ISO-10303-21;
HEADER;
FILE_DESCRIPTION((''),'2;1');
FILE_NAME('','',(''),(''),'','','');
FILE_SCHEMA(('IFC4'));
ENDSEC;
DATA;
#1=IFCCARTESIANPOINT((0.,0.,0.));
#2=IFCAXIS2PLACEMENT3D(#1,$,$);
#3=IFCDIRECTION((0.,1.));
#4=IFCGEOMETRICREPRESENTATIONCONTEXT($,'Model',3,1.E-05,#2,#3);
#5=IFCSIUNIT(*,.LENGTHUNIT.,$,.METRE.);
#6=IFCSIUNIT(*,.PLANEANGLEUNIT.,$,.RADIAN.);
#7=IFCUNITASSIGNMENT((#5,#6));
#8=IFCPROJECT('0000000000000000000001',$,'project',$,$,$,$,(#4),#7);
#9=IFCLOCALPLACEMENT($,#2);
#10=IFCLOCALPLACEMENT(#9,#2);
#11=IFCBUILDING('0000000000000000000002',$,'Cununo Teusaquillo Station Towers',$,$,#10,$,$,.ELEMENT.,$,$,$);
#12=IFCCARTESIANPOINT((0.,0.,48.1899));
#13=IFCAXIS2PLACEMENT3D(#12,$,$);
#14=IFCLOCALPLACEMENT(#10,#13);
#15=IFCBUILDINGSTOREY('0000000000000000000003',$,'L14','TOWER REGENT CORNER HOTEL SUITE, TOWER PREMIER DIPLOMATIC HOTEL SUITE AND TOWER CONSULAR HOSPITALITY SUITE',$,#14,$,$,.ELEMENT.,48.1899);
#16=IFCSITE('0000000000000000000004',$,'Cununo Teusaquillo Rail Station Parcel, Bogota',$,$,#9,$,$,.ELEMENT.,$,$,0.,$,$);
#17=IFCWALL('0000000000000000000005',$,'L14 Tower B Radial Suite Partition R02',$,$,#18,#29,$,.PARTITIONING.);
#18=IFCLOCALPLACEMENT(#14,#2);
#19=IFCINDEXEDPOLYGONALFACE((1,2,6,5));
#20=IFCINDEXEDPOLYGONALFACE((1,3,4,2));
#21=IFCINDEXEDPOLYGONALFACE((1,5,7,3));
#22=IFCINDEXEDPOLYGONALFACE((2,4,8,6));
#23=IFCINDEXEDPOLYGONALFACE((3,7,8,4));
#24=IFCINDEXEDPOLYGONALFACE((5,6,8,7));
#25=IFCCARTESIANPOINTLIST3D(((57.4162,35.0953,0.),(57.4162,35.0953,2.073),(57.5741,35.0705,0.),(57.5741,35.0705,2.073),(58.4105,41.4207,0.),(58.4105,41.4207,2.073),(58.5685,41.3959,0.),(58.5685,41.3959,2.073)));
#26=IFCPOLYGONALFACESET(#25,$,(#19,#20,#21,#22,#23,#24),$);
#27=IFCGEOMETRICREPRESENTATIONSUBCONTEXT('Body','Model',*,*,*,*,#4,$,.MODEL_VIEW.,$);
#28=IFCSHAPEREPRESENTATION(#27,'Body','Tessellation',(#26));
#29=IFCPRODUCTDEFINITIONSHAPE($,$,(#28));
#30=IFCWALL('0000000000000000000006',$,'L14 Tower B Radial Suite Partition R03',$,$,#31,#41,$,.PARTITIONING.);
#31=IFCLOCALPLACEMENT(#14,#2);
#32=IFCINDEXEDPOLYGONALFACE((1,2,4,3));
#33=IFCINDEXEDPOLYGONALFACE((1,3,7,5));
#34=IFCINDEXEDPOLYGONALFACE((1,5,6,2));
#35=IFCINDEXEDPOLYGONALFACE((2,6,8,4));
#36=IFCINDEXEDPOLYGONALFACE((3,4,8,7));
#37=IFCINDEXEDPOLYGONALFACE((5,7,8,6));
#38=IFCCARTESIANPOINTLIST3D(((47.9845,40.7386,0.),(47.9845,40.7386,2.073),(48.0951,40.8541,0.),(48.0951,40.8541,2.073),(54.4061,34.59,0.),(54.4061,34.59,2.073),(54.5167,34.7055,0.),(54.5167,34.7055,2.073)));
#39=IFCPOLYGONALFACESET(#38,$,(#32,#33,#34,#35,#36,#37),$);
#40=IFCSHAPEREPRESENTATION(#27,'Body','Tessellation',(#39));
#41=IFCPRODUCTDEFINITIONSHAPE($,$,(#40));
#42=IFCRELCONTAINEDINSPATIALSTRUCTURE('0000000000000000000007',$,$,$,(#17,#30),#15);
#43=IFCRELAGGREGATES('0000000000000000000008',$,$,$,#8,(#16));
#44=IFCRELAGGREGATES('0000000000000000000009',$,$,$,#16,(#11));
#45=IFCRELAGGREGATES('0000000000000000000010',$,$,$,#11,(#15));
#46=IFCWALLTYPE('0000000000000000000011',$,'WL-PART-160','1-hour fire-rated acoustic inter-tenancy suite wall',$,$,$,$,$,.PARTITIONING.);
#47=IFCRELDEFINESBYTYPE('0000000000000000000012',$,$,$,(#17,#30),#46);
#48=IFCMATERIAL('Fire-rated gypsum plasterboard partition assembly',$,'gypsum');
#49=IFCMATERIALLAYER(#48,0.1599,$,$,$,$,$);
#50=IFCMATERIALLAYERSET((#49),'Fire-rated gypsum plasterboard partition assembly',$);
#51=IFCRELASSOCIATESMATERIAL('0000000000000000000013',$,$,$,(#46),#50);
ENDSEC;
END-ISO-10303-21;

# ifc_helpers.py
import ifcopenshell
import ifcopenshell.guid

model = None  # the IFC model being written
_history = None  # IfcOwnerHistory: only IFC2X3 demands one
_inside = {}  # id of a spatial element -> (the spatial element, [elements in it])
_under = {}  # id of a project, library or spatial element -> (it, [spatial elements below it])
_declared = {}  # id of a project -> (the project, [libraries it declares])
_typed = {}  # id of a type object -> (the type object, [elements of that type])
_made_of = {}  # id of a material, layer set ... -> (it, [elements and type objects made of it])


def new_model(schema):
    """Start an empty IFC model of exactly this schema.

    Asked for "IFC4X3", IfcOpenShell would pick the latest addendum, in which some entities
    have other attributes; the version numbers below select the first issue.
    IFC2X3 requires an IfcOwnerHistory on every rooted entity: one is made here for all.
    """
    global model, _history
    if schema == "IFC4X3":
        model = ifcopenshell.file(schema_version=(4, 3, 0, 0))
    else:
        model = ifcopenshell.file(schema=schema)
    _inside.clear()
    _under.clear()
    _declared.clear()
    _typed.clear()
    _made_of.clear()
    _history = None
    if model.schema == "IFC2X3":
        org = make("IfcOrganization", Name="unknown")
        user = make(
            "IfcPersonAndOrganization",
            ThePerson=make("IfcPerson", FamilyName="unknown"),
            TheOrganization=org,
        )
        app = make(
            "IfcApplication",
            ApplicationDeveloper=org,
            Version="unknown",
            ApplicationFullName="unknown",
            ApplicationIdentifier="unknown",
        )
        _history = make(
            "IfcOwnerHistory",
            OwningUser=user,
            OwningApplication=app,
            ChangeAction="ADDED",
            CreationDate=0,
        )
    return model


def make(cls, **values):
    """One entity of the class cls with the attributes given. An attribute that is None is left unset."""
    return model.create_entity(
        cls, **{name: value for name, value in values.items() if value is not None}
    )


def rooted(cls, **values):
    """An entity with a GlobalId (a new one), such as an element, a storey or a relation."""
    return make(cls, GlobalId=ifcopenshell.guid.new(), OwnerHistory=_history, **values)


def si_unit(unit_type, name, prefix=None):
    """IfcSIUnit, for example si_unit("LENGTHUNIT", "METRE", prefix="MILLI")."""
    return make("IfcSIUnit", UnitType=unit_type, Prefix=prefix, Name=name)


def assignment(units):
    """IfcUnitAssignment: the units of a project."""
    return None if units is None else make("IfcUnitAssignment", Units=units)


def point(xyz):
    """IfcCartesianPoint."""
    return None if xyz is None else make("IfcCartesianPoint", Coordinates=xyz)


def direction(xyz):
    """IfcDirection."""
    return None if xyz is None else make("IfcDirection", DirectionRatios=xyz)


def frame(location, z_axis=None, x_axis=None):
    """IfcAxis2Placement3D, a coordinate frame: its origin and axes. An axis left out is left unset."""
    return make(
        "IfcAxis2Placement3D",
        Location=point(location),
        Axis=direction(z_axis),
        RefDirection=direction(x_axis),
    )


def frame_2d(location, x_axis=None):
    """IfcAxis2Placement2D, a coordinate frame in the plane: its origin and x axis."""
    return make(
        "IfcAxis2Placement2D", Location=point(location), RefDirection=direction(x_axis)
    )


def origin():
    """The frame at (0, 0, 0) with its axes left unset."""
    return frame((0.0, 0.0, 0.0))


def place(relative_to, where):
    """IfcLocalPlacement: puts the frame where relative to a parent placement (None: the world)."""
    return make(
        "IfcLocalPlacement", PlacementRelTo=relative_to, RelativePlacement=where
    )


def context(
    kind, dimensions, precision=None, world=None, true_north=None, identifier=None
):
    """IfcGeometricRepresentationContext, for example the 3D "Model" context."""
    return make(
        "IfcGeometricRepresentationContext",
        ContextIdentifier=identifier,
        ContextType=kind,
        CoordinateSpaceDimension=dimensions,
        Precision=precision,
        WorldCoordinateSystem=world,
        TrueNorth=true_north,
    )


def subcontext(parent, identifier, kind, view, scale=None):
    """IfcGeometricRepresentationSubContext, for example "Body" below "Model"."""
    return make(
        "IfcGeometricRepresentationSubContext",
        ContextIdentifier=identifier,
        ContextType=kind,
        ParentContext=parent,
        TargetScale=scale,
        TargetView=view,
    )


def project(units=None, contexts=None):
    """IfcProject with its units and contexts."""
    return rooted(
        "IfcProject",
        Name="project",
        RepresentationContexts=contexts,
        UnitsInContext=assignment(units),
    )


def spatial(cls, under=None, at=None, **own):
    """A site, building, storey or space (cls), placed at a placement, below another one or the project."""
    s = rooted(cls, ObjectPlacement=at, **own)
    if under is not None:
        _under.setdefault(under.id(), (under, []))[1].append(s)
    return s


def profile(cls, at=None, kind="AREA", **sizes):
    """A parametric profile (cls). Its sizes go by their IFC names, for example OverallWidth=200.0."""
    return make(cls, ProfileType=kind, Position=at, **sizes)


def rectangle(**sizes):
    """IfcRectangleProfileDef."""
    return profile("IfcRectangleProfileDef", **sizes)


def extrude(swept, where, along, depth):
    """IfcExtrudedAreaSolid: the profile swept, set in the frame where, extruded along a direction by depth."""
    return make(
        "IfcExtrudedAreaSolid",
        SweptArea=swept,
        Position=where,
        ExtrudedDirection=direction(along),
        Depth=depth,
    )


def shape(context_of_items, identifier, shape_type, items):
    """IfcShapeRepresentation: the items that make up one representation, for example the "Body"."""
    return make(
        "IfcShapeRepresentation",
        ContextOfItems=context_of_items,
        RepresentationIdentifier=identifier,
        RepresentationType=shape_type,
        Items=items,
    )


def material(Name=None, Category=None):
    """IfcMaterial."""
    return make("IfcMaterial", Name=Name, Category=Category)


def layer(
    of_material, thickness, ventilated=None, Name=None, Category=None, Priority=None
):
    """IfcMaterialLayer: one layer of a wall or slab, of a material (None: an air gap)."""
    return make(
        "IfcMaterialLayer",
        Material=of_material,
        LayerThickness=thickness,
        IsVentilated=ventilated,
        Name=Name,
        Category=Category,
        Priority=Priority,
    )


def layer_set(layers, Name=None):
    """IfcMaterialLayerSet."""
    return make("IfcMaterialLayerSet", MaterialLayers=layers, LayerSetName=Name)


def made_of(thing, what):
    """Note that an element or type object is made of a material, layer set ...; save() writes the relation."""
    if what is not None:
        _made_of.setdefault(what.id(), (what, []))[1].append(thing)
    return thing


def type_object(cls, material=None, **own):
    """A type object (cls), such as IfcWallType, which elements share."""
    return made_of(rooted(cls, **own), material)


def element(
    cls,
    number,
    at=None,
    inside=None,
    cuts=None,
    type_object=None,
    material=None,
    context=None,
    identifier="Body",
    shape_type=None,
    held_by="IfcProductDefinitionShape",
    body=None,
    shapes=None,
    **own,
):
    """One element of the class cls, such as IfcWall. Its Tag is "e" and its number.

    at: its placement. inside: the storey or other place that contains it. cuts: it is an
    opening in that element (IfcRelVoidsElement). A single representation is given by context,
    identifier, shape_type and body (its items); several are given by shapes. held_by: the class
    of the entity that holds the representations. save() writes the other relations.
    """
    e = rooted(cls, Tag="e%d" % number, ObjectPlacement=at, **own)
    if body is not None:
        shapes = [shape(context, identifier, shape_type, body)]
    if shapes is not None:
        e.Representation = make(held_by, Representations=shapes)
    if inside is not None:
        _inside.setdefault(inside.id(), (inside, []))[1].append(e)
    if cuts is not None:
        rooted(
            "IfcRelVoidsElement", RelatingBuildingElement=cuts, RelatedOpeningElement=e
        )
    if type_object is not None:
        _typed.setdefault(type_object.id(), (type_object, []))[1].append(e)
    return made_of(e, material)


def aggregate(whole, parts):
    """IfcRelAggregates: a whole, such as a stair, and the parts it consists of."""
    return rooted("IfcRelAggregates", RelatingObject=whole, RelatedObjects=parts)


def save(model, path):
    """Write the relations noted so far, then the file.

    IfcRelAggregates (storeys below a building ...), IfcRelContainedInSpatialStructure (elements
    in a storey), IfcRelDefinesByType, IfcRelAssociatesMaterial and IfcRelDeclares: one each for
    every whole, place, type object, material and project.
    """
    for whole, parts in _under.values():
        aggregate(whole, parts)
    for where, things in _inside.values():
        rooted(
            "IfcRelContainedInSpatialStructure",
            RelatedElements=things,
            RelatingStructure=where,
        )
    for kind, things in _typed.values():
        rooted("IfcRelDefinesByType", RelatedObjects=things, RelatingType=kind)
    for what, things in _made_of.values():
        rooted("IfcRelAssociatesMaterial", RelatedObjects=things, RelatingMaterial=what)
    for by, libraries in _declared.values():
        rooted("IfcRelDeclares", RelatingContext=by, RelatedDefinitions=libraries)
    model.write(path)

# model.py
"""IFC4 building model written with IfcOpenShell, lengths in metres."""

from ifc_helpers import new_model, si_unit, direction, frame, frame_2d, origin, place, context, subcontext, project, spatial, rectangle, extrude, material, layer, layer_set, type_object, element, save


model = new_model("IFC4")

# Units and contexts
model_context = context("Model", 3, precision=1e-05, world=origin(), true_north=direction((0.0, 1.0)))
body_context = subcontext(model_context, "Body", "Model", "MODEL_VIEW")
ifc_project = project(units=[si_unit("LENGTHUNIT", "METRE"), si_unit("PLANEANGLEUNIT", "RADIAN")], contexts=[model_context])

# Site, building, storey
site_placement = place(None, origin())
site = spatial("IfcSite", under=ifc_project, at=site_placement, Name="Cununo Teusaquillo Rail Station Parcel, Bogota", CompositionType="ELEMENT", RefElevation=0.0)
building_placement = place(site_placement, origin())
building = spatial("IfcBuilding", under=site, at=building_placement, Name="Cununo Teusaquillo Station Towers", CompositionType="ELEMENT")
storey_placement = place(building_placement, frame((0.0, 0.0, 48.1899)))
storey = spatial("IfcBuildingStorey", under=building, at=storey_placement, Name="L14", Description="TOWER REGENT CORNER HOTEL SUITE, TOWER PREMIER DIPLOMATIC HOTEL SUITE AND TOWER CONSULAR HOSPITALITY SUITE", CompositionType="ELEMENT", Elevation=48.1899)

# Walls
ifc_material_1 = material(Name="Fire-rated gypsum plasterboard partition assembly", Category="gypsum")
ifc_layer_1 = layer(ifc_material_1, 0.1599)
ifc_layer_set_1 = layer_set([ifc_layer_1], Name="Fire-rated gypsum plasterboard partition assembly")
wall_type_1 = type_object("IfcWallType", Name="WL-PART-160", Description="1-hour fire-rated acoustic inter-tenancy suite wall", PredefinedType="PARTITIONING", material=ifc_layer_set_1)
wall_1_placement = place(storey_placement, frame((57.4951, 35.0828, 0.0), z_axis=(0.0, 0.0, 1.0), x_axis=(0.155297, 0.987868, 0.0)))
element("IfcWall", 1, at=wall_1_placement, inside=storey, type_object=wall_type_1, Name="L14 Tower B Radial Suite Partition R02", PredefinedType="PARTITIONING", context=body_context, shape_type="SweptSolid", body=[
    extrude(rectangle(XDim=6.4031, YDim=0.1599, at=frame_2d((3.2017, 0.0))), origin(), (0.0, 0.0, 1.0), 2.073),
])
wall_2_placement = place(storey_placement, frame((54.4614, 34.6477, 0.0), z_axis=(0.0, 0.0, 1.0), x_axis=(-0.72229, 0.69159, 0.0)))
element("IfcWall", 2, at=wall_2_placement, inside=storey, type_object=wall_type_1, Name="L14 Tower B Radial Suite Partition R03", PredefinedType="PARTITIONING", context=body_context, shape_type="SweptSolid", body=[
    extrude(rectangle(XDim=8.8906, YDim=0.1599, at=frame_2d((4.4453, 0.0))), origin(), (0.0, 0.0, 1.0), 2.073),
])

save(model, "model.ifc")
